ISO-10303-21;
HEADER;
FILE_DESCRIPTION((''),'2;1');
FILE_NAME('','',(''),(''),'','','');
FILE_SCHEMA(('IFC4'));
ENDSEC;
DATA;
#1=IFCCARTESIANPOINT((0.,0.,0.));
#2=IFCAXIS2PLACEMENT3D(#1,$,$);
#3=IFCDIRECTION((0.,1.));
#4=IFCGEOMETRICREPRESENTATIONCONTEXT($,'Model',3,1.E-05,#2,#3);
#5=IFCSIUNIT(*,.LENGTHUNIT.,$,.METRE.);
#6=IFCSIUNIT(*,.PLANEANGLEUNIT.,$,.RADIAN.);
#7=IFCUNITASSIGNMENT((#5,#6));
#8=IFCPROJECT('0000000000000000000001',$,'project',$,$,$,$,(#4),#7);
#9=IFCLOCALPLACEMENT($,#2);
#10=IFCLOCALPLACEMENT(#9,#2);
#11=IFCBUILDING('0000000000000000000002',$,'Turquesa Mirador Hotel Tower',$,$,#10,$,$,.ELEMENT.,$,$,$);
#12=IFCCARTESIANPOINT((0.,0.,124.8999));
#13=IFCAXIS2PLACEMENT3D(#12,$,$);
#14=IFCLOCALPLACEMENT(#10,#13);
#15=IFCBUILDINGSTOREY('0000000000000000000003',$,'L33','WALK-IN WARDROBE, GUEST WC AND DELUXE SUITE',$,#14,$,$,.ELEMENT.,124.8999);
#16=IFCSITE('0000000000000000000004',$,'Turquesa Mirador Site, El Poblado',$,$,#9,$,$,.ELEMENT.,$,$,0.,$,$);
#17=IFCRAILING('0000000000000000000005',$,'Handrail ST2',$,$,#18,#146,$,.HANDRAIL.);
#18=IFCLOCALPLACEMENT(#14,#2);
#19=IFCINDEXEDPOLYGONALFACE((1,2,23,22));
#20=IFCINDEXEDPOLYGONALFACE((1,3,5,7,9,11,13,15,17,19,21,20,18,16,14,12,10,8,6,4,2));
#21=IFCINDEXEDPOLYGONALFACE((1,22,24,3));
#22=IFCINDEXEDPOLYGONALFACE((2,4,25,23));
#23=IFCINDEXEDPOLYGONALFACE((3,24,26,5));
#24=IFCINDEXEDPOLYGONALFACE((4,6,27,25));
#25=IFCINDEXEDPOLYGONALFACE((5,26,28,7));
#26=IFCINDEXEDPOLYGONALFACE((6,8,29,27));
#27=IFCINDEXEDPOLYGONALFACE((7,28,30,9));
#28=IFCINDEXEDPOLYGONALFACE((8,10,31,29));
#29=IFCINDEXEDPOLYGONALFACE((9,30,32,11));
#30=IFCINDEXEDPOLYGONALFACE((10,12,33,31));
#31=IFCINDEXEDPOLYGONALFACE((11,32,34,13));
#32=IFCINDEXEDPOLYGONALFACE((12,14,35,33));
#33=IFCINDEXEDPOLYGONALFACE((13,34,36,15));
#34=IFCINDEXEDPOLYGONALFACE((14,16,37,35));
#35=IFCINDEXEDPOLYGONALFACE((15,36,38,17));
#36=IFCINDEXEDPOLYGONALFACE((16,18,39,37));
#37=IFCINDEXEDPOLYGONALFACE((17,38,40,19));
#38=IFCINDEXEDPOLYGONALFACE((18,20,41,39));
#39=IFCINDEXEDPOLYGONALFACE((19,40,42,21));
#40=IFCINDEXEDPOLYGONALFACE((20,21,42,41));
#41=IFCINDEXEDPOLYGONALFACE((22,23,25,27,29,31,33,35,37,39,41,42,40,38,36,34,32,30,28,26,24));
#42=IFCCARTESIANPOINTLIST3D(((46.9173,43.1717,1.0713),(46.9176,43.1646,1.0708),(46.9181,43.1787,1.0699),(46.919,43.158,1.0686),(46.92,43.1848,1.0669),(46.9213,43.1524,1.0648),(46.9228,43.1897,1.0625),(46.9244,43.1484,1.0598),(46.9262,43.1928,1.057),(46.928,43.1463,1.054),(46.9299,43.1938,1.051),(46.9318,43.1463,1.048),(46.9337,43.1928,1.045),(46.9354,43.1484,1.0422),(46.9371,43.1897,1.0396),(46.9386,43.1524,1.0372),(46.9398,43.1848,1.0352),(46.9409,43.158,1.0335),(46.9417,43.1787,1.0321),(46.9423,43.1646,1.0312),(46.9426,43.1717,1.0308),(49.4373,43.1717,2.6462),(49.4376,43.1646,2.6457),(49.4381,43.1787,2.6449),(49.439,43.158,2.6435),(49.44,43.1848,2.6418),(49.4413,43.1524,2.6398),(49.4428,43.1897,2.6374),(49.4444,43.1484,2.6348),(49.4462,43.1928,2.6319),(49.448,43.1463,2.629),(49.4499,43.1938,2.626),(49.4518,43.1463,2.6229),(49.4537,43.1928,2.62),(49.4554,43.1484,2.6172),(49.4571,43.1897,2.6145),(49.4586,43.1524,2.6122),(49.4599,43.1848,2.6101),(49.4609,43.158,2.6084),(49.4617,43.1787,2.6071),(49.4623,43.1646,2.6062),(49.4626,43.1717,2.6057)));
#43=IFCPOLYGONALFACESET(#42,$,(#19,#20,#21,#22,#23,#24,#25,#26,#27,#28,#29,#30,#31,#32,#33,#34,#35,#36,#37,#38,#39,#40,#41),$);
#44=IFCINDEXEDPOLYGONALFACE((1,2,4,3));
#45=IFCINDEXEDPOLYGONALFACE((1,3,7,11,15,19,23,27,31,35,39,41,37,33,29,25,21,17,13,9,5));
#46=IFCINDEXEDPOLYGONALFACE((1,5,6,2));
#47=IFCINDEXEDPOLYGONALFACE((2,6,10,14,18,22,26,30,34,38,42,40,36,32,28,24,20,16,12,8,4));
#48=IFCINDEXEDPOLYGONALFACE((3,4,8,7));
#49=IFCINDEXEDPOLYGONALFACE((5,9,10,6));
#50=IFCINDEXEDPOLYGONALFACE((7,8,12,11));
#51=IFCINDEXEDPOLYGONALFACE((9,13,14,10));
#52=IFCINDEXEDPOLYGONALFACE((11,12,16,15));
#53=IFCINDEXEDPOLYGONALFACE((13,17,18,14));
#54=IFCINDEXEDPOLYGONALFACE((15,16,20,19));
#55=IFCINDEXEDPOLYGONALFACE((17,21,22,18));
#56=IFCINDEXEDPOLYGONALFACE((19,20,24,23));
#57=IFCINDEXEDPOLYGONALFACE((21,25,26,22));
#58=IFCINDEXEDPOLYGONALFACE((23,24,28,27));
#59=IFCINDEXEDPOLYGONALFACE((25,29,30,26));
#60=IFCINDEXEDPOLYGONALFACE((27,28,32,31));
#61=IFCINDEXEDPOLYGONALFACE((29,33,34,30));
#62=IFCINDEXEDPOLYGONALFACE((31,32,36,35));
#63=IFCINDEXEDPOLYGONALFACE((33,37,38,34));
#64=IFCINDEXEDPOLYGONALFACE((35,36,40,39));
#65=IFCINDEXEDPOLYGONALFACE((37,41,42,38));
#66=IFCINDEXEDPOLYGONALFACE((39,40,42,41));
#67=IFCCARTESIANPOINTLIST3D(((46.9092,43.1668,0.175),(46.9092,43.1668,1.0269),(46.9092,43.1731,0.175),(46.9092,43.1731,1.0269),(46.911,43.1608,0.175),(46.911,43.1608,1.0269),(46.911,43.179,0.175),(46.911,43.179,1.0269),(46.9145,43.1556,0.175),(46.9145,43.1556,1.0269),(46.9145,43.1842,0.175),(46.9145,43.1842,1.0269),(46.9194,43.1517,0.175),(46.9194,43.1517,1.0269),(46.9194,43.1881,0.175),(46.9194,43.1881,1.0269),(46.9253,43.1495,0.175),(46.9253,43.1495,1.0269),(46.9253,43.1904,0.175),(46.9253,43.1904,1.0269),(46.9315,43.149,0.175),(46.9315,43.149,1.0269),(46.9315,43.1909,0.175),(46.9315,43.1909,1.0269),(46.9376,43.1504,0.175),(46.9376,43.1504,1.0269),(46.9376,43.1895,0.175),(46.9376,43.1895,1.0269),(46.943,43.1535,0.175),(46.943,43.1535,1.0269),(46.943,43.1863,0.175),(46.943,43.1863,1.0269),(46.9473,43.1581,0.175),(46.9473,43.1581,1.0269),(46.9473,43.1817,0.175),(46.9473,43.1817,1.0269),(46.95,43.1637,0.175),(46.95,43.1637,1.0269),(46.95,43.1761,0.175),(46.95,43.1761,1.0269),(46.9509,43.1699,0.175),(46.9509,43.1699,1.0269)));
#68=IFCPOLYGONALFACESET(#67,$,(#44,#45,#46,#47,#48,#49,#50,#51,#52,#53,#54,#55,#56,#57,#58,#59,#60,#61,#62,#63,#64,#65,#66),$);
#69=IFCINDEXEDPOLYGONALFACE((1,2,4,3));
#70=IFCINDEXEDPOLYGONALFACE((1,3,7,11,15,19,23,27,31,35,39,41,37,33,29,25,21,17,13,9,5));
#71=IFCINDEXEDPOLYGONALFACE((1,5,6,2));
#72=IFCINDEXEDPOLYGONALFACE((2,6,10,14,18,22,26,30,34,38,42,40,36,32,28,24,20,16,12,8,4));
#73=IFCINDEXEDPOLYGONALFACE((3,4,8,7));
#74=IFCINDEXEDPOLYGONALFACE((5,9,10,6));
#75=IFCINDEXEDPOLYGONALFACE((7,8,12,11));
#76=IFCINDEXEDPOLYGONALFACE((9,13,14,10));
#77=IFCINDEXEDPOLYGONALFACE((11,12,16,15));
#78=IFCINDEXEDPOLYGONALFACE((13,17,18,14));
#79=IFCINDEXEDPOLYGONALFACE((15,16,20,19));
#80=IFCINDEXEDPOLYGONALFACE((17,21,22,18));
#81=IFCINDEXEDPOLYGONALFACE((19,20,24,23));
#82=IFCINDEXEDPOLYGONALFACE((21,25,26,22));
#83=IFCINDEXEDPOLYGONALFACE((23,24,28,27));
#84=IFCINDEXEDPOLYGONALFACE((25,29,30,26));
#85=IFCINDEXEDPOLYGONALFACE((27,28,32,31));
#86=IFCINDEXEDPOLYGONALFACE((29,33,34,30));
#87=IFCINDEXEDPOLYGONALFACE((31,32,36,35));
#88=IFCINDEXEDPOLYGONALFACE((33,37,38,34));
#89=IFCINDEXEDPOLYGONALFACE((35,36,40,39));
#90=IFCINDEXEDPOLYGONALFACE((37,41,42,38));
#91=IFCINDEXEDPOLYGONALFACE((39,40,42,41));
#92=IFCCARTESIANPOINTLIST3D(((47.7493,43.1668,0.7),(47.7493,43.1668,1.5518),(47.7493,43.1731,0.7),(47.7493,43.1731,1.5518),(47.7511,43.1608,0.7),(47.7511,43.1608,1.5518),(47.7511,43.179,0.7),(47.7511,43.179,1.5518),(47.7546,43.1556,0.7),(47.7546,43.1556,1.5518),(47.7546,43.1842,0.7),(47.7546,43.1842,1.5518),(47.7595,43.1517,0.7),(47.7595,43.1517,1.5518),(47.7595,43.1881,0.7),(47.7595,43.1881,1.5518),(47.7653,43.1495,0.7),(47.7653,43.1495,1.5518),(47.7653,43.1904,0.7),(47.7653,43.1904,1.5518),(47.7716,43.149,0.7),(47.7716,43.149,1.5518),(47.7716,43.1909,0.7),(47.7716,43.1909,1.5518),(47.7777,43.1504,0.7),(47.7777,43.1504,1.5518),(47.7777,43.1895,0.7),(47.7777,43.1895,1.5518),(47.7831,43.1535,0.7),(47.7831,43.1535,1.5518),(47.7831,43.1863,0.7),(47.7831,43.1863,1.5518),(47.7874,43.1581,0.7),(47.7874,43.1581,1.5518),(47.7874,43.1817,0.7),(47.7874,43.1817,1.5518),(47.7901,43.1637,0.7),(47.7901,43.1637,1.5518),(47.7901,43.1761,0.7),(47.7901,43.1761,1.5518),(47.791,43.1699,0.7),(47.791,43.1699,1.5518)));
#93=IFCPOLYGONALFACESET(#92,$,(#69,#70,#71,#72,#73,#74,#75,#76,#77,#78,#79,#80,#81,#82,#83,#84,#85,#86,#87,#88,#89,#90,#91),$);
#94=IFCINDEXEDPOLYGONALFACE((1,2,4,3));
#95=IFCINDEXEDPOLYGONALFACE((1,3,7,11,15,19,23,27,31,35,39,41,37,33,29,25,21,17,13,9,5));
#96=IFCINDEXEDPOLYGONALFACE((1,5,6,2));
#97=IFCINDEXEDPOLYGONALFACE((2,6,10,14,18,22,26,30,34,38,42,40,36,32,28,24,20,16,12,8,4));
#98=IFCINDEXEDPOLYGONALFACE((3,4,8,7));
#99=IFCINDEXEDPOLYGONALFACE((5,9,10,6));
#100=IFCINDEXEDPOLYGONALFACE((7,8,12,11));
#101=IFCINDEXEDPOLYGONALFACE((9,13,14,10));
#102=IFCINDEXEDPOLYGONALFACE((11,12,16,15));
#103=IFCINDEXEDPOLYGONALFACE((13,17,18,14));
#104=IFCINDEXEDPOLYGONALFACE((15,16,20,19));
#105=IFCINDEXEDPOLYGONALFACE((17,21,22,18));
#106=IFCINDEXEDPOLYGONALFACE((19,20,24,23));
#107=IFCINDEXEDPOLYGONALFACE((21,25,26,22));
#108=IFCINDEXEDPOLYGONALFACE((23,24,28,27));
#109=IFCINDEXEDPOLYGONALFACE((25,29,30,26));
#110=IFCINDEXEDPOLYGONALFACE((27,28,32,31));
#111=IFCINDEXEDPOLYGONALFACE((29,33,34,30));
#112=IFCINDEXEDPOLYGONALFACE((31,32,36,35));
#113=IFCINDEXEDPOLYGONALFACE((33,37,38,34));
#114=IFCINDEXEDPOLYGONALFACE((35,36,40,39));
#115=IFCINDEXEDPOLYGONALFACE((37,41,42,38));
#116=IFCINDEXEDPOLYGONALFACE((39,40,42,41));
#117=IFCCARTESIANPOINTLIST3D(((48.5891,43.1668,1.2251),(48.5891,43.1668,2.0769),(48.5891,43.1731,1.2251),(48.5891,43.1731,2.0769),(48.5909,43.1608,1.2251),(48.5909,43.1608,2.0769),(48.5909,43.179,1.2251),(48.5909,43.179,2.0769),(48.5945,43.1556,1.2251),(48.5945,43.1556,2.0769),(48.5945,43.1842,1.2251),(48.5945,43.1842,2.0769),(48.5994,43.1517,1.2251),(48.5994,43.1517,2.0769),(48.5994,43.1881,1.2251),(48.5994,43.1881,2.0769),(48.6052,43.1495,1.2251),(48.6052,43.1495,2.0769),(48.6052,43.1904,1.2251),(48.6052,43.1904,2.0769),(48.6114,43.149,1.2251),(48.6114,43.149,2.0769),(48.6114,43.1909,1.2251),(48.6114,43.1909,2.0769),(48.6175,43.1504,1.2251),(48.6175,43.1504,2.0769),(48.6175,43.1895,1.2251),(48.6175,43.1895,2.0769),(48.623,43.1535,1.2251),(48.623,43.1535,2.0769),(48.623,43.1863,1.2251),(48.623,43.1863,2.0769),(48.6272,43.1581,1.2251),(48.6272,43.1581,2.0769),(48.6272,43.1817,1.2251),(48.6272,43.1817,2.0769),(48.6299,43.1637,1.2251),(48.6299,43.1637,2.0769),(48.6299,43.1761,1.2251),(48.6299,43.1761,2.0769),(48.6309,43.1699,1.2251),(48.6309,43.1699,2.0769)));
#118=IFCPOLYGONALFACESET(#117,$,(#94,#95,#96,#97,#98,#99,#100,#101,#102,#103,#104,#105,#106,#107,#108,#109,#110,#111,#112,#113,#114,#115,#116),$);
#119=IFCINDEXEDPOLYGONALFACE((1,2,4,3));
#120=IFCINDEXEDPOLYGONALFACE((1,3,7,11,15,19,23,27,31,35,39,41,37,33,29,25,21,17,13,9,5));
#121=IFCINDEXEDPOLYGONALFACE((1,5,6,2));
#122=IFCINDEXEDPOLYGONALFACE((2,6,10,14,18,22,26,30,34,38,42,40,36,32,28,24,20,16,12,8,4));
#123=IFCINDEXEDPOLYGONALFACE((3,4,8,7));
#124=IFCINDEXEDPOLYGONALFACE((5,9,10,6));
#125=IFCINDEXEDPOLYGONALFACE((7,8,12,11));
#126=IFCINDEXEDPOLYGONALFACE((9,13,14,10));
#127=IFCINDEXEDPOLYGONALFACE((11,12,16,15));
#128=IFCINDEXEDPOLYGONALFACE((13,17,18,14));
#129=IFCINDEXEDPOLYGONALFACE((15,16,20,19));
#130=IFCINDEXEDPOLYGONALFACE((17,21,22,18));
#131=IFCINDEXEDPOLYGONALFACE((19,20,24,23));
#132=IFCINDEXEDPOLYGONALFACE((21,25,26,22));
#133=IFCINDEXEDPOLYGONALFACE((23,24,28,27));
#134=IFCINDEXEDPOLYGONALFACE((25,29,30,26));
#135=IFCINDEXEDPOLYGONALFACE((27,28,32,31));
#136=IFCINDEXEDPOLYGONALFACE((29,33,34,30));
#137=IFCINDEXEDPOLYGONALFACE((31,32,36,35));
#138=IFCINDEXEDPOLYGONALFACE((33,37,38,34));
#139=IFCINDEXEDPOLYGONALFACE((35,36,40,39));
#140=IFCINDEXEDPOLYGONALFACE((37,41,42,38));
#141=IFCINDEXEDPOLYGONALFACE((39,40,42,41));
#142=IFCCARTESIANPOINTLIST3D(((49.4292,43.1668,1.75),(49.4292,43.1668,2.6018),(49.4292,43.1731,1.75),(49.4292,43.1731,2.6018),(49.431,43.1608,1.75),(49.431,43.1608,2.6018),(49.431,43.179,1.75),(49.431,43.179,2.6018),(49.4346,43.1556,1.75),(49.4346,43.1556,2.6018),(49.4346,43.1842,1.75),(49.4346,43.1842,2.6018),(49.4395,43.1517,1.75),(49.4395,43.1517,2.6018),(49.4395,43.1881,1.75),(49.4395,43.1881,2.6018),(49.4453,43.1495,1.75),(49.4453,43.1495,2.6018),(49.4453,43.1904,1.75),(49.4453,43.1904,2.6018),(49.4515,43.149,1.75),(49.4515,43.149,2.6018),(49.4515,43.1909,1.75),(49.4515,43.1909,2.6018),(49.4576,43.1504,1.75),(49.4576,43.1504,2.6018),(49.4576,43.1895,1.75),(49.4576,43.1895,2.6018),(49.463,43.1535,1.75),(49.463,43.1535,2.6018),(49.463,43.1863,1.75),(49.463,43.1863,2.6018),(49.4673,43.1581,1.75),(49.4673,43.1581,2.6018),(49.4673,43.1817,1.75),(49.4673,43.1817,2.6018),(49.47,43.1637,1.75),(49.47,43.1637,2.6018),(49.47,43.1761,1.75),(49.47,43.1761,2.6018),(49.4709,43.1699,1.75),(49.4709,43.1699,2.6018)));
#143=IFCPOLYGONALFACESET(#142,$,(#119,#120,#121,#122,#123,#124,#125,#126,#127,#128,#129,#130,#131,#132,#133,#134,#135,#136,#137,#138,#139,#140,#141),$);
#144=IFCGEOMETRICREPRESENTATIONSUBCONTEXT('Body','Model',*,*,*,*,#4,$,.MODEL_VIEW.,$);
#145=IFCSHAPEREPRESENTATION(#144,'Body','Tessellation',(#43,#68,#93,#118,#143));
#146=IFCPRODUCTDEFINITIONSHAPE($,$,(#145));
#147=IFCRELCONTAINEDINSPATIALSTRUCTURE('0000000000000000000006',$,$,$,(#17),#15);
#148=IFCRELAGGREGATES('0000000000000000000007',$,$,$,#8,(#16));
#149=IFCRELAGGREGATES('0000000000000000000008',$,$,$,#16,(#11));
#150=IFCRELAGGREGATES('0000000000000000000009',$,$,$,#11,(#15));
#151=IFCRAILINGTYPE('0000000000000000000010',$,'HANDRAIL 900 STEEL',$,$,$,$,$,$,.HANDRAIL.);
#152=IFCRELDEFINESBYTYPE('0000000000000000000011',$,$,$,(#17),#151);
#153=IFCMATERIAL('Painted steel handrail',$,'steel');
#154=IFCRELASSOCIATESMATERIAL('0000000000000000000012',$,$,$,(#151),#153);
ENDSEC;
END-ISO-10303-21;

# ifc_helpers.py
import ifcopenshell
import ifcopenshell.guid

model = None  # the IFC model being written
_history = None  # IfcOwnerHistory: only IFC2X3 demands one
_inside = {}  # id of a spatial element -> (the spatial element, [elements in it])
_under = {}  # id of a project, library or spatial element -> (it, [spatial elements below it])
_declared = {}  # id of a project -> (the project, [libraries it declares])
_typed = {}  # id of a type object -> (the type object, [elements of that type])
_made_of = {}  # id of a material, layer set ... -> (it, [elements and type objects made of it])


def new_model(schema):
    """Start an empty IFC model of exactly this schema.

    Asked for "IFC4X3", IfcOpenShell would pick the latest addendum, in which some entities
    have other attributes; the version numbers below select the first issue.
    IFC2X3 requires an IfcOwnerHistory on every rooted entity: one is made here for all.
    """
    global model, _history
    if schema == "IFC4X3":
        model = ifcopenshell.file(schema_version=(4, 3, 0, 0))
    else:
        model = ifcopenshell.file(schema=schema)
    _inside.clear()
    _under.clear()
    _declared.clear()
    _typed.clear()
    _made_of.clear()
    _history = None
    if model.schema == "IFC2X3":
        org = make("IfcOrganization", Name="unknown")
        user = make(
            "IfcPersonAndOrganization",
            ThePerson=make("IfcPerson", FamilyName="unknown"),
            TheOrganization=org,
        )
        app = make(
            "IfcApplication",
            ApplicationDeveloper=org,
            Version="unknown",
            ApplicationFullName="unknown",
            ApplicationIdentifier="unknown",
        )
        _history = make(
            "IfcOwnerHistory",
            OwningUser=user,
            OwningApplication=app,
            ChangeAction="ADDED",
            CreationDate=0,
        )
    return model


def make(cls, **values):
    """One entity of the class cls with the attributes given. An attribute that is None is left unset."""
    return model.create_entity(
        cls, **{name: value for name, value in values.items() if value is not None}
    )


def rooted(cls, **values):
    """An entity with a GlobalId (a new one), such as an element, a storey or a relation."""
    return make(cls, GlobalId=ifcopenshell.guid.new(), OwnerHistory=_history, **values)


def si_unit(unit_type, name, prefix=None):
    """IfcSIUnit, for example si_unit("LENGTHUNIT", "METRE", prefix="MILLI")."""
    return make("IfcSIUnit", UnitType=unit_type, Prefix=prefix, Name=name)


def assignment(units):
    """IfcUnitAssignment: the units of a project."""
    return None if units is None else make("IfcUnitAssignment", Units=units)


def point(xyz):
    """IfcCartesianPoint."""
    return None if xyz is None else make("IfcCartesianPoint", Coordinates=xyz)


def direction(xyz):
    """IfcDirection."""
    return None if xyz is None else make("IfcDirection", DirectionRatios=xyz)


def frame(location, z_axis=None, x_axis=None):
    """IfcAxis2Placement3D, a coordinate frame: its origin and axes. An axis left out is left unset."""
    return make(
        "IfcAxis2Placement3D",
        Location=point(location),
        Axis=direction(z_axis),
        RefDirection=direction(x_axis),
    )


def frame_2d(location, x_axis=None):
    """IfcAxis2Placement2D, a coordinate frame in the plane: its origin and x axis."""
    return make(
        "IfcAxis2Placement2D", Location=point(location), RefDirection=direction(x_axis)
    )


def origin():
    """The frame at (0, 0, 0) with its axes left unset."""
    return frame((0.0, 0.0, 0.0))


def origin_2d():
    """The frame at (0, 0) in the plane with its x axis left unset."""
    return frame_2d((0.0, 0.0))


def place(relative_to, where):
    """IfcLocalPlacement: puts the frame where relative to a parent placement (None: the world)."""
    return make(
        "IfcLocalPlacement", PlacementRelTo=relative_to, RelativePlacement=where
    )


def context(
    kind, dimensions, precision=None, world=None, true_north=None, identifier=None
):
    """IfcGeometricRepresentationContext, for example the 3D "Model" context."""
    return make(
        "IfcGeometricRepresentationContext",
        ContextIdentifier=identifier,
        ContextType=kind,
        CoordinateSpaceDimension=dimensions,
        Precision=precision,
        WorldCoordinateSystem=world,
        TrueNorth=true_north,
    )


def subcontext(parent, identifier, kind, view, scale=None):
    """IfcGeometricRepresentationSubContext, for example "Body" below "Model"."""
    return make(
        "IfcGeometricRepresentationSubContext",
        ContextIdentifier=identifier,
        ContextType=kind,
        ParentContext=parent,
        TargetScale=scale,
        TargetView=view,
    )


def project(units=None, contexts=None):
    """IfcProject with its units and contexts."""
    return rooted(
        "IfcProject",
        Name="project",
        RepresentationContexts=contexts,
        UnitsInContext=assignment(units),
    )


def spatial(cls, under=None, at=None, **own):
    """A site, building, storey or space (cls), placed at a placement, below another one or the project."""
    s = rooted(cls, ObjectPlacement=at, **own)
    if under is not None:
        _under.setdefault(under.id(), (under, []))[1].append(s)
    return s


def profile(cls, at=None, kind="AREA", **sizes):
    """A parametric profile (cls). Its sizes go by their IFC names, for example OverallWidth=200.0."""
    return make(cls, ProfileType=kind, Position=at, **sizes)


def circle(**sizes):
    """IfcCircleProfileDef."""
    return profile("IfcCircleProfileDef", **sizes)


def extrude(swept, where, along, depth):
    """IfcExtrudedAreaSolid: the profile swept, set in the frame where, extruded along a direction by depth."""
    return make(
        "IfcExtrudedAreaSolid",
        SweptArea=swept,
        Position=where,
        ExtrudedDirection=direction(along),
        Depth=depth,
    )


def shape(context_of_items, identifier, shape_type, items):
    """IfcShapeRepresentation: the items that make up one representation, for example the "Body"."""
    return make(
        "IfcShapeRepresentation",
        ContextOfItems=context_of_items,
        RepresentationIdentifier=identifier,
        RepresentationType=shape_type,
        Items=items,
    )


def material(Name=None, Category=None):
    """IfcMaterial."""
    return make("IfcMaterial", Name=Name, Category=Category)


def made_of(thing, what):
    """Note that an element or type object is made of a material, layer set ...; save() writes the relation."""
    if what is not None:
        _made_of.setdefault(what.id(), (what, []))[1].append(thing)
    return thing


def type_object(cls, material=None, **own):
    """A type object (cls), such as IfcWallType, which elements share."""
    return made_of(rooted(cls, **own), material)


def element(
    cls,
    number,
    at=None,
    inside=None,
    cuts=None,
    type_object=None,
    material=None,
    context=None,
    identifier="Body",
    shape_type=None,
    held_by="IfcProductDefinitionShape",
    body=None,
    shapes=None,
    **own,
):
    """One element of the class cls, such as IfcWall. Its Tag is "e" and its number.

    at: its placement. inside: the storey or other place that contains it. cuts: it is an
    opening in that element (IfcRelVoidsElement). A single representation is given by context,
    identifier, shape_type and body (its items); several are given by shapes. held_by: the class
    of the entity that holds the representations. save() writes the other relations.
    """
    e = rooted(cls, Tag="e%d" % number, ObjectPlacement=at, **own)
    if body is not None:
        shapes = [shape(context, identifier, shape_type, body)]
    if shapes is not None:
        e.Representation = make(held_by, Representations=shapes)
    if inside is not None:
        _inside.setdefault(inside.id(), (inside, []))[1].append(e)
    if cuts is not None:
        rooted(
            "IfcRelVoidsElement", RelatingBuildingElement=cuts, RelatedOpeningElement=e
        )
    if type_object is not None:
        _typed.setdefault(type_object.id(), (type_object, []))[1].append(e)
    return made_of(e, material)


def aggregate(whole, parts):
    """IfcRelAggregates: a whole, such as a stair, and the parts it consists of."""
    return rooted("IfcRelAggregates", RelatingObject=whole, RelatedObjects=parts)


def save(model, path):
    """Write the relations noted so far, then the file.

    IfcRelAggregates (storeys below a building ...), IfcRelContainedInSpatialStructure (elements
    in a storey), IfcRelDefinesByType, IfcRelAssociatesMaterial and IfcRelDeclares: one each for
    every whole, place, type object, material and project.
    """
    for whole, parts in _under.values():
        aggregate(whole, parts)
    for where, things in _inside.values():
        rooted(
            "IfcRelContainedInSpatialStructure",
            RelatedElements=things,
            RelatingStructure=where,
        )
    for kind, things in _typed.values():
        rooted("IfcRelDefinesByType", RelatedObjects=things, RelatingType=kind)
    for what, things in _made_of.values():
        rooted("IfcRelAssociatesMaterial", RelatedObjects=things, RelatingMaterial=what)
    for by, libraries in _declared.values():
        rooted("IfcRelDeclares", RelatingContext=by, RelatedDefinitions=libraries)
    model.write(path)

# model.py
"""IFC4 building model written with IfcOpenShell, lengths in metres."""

from ifc_helpers import new_model, si_unit, direction, frame, origin, origin_2d, place, context, subcontext, project, spatial, circle, extrude, material, type_object, element, save


model = new_model("IFC4")

# Units and contexts
model_context = context("Model", 3, precision=1e-05, world=origin(), true_north=direction((0.0, 1.0)))
body_context = subcontext(model_context, "Body", "Model", "MODEL_VIEW")
ifc_project = project(units=[si_unit("LENGTHUNIT", "METRE"), si_unit("PLANEANGLEUNIT", "RADIAN")], contexts=[model_context])

# Site, building, storey
site_placement = place(None, origin())
site = spatial("IfcSite", under=ifc_project, at=site_placement, Name="Turquesa Mirador Site, El Poblado", CompositionType="ELEMENT", RefElevation=0.0)
building_placement = place(site_placement, origin())
building = spatial("IfcBuilding", under=site, at=building_placement, Name="Turquesa Mirador Hotel Tower", CompositionType="ELEMENT")
storey_placement = place(building_placement, frame((0.0, 0.0, 124.8999)))
storey = spatial("IfcBuildingStorey", under=building, at=storey_placement, Name="L33", Description="WALK-IN WARDROBE, GUEST WC AND DELUXE SUITE", CompositionType="ELEMENT", Elevation=124.8999)

# Railing
ifc_material_1 = material(Name="Painted steel handrail", Category="steel")
railing_type = type_object("IfcRailingType", Name="HANDRAIL 900 STEEL", PredefinedType="HANDRAIL", material=ifc_material_1)
for number, where, name in (
    (1, (46.9299, 43.1699, 0.175), "Handrail ST2"),
):
    element("IfcRailing", number, at=place(storey_placement, frame(where)), inside=storey, type_object=railing_type, Name=name, PredefinedType="HANDRAIL", context=body_context, shape_type="SweptSolid", body=[
        extrude(circle(Radius=0.0239, at=origin_2d()), frame((0.0, 0.0, 0.876), z_axis=(0.848008, 0.0, 0.529984), x_axis=(0.0, 1.0, 0.0)), (0.0, 0.0, 1.0), 2.9717),
        extrude(circle(Radius=0.021, at=origin_2d()), origin(), (0.0, 0.0, 1.0), 0.8518),
        extrude(circle(Radius=0.021, at=origin_2d()), frame((0.8401, 0.0, 0.5249)), (0.0, 0.0, 1.0), 0.8518),
        extrude(circle(Radius=0.021, at=origin_2d()), frame((1.6799, 0.0, 1.05)), (0.0, 0.0, 1.0), 0.8518),
        extrude(circle(Radius=0.021, at=origin_2d()), frame((2.52, 0.0, 1.575)), (0.0, 0.0, 1.0), 0.8518),
    ])

save(model, "model.ifc")
